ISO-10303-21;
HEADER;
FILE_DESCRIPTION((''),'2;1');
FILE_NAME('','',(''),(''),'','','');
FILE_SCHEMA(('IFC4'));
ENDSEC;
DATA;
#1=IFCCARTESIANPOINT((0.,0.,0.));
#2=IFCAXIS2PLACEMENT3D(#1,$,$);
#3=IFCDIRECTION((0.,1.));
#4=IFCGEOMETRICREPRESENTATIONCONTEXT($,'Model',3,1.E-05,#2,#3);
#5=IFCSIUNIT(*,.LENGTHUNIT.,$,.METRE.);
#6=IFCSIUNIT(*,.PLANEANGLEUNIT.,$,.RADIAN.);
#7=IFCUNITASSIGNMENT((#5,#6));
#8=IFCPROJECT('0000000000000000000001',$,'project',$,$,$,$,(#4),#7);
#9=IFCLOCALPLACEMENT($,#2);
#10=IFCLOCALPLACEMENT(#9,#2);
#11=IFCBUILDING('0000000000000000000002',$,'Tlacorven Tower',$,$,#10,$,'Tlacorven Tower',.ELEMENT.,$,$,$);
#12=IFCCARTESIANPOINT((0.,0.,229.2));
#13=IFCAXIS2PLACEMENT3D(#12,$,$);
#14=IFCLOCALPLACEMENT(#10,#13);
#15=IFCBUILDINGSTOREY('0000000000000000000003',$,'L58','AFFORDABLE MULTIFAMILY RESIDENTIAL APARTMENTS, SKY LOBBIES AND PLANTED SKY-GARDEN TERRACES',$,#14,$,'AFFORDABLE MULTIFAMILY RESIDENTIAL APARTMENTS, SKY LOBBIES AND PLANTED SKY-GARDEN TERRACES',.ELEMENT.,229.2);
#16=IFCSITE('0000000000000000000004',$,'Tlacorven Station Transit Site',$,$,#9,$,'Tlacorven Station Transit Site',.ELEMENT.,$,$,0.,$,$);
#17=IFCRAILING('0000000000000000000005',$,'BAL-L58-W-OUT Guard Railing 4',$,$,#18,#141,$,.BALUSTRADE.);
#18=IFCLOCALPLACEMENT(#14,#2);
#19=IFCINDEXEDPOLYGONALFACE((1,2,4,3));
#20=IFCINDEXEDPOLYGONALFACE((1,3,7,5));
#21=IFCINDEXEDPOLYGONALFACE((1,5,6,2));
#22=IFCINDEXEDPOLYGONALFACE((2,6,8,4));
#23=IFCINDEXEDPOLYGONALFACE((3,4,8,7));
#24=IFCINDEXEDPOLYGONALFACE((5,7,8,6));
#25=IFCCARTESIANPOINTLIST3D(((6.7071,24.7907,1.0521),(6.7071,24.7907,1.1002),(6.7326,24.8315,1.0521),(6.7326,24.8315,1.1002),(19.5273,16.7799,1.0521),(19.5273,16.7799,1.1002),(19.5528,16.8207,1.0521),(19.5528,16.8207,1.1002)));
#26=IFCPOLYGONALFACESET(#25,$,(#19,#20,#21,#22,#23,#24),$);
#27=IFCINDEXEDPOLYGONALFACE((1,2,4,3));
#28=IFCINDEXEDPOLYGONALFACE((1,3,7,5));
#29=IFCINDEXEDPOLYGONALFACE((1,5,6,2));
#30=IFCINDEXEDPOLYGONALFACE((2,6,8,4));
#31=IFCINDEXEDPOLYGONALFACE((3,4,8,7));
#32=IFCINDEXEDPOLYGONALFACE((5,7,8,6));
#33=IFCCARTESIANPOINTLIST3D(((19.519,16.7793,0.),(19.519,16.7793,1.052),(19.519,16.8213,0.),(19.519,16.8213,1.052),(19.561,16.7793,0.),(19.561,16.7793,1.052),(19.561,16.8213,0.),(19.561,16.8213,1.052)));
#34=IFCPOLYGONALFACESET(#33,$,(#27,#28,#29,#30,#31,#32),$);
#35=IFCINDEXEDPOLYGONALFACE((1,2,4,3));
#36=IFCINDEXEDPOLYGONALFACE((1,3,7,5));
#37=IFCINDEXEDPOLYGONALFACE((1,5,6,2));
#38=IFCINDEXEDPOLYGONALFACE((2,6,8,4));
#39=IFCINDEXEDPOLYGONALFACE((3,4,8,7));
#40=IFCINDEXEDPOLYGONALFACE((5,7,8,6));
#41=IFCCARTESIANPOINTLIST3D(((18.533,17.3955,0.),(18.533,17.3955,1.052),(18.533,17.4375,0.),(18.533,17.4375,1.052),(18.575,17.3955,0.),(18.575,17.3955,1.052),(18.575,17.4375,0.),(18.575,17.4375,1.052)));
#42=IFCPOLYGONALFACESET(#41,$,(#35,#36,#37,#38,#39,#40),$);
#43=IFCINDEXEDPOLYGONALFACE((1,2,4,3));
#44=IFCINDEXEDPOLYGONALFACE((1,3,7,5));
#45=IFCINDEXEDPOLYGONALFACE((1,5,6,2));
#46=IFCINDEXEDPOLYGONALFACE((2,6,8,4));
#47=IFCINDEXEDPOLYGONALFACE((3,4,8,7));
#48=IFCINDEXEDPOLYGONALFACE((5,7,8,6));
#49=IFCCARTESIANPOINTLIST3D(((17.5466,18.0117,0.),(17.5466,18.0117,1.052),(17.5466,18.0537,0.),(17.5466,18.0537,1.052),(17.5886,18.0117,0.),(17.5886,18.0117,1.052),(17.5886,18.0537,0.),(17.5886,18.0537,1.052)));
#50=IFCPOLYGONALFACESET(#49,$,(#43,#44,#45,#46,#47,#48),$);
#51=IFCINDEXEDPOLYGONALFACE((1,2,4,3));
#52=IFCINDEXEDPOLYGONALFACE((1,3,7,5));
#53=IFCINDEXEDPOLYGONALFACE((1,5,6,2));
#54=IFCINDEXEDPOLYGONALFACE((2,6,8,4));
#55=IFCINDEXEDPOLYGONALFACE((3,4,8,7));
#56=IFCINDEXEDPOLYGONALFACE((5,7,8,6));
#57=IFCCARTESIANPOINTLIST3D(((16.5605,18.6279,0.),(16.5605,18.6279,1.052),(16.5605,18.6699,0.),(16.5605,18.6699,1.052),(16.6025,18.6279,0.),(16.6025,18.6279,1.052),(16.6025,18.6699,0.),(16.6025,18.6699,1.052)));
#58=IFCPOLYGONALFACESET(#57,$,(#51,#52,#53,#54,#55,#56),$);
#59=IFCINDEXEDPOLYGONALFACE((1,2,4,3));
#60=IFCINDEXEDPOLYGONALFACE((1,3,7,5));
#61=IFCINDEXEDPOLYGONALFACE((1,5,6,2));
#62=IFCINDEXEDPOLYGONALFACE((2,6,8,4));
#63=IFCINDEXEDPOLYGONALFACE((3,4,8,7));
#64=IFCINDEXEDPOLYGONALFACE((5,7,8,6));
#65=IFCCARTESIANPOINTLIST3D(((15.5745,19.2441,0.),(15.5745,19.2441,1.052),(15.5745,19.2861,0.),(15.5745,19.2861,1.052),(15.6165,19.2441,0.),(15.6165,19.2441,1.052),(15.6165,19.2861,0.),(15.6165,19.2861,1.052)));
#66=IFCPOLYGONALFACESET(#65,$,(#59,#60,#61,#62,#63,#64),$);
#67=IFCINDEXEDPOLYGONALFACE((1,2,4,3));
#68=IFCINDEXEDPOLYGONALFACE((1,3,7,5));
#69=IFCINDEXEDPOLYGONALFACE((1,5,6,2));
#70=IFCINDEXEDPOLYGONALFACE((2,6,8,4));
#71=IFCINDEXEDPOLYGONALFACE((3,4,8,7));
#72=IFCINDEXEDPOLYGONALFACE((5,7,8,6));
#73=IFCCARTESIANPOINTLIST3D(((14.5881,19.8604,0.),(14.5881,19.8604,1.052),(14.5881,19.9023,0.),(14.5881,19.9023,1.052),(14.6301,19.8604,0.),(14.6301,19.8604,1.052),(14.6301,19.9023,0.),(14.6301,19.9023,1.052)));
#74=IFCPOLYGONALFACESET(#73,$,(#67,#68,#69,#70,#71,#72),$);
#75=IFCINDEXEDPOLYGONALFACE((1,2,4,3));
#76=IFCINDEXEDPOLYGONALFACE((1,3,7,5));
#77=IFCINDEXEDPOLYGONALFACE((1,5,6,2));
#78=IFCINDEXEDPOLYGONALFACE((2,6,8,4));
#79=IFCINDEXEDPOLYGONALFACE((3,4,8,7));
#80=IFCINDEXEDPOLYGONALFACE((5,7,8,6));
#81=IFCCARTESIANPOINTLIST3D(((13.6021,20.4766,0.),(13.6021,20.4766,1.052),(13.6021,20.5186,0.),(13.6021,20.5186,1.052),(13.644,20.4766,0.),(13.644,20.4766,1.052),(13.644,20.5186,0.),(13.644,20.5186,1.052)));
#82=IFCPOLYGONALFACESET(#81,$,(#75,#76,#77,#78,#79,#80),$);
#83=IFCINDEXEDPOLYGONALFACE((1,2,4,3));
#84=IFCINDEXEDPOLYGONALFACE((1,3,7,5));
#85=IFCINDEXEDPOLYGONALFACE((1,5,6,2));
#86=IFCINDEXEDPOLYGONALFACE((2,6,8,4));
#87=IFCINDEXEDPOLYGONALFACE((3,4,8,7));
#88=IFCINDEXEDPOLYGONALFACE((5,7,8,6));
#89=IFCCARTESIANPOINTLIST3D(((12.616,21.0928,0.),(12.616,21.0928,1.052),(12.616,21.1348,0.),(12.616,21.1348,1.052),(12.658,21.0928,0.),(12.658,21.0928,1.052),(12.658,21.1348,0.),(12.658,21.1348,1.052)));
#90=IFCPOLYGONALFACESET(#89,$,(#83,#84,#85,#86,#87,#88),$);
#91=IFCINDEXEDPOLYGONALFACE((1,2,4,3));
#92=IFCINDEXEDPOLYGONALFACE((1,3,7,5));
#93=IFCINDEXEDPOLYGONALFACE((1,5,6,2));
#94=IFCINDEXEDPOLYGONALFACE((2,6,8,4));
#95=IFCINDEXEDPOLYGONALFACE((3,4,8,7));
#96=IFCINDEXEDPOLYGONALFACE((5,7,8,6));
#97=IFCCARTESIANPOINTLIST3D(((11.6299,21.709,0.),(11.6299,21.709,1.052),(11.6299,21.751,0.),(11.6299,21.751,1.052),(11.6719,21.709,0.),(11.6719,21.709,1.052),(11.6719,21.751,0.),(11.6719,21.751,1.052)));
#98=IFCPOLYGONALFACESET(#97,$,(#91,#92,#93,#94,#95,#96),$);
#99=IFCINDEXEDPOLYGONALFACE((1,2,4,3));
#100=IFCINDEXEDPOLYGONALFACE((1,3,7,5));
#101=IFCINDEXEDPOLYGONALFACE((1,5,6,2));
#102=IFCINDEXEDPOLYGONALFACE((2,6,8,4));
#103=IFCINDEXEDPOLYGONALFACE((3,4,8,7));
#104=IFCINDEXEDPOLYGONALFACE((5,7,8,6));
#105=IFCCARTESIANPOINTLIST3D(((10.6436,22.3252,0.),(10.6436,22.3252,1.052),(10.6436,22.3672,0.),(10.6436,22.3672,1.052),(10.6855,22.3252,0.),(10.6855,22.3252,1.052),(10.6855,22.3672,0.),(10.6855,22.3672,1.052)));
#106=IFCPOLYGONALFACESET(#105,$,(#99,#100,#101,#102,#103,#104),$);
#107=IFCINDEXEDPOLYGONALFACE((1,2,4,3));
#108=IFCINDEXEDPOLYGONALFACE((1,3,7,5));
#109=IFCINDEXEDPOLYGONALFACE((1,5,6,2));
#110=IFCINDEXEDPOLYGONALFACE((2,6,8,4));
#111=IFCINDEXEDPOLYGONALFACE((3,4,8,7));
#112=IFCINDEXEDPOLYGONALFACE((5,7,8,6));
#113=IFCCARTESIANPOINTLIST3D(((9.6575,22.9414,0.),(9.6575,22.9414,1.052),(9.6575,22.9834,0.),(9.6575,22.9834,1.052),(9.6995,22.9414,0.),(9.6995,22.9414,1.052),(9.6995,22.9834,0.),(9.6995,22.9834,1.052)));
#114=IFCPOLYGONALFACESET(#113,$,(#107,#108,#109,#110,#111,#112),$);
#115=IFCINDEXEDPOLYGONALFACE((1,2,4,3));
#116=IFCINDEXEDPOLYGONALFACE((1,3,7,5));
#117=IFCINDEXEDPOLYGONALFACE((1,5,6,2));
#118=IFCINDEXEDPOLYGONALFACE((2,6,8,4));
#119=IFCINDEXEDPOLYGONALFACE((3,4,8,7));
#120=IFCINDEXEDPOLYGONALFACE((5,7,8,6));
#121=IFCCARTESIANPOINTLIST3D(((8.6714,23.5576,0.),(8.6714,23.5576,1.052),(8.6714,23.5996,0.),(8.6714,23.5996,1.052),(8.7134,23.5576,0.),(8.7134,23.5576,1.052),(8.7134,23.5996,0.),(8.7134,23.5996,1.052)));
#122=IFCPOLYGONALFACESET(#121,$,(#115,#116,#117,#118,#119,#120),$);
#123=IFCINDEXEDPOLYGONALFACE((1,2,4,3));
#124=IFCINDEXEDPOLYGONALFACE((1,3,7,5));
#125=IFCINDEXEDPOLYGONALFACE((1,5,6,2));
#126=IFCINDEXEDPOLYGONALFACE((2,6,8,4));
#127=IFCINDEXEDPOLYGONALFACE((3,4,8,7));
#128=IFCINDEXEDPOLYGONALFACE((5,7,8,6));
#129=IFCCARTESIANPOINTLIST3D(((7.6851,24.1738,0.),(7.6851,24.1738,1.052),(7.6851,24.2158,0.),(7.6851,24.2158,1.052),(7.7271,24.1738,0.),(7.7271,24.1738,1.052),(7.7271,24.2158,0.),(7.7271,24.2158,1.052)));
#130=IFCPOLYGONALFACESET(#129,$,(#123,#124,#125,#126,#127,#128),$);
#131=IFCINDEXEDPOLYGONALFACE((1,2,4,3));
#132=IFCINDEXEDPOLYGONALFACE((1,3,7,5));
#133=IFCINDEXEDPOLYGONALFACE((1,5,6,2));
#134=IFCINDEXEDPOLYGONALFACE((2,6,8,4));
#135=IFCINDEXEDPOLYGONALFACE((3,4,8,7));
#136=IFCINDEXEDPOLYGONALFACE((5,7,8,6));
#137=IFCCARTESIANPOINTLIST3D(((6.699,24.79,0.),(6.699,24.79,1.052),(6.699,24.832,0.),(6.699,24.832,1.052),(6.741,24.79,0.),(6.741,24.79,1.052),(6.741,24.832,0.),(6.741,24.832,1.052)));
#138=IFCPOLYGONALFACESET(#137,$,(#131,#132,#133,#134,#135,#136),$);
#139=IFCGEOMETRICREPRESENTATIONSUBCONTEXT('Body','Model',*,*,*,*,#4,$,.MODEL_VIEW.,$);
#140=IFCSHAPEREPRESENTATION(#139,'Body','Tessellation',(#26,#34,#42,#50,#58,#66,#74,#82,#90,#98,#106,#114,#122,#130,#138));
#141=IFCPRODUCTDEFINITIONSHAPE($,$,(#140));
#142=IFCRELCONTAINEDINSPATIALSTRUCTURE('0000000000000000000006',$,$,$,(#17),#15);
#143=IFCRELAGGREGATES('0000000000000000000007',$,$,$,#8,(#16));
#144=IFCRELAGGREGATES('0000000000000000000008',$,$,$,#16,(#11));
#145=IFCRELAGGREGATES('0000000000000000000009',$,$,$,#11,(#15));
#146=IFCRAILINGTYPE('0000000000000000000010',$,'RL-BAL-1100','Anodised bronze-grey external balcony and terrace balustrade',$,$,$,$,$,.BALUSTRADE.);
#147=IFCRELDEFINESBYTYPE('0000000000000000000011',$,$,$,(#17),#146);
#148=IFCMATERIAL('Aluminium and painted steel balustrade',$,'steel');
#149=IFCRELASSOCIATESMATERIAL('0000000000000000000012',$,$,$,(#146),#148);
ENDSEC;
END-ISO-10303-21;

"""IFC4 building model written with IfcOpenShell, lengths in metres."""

from ifc_helpers import new_model, si_unit, direction, frame, origin, origin_2d, place, context, subcontext, project, spatial, rectangle, extrude, source, transform, mapped, material, type_object, element, save


model = new_model("IFC4")

# Units and contexts
model_context = context("Model", 3, precision=1e-05, world=origin(), true_north=direction((0.0, 1.0)))
body_context = subcontext(model_context, "Body", "Model", "MODEL_VIEW")
ifc_project = project(units=[si_unit("LENGTHUNIT", "METRE"), si_unit("PLANEANGLEUNIT", "RADIAN")], contexts=[model_context])

# Site, building, storey
site_placement = place(None, origin())
site = spatial("IfcSite", under=ifc_project, at=site_placement, Name="Tlacorven Station Transit Site", LongName="Tlacorven Station Transit Site", CompositionType="ELEMENT", RefElevation=0.0)
building_placement = place(site_placement, origin())
building = spatial("IfcBuilding", under=site, at=building_placement, Name="Tlacorven Tower", LongName="Tlacorven Tower", CompositionType="ELEMENT")
storey_placement = place(building_placement, frame((0.0, 0.0, 229.2)))
storey = spatial("IfcBuildingStorey", under=building, at=storey_placement, Name="L58", Description="AFFORDABLE MULTIFAMILY RESIDENTIAL APARTMENTS, SKY LOBBIES AND PLANTED SKY-GARDEN TERRACES", LongName="AFFORDABLE MULTIFAMILY RESIDENTIAL APARTMENTS, SKY LOBBIES AND PLANTED SKY-GARDEN TERRACES", CompositionType="ELEMENT", Elevation=229.2)

# Shared definitions
ifc_material_1 = material(Name="Aluminium and painted steel balustrade", Category="steel")
railing_type = type_object("IfcRailingType", Name="RL-BAL-1100", Description="Anodised bronze-grey external balcony and terrace balustrade", PredefinedType="BALUSTRADE", material=ifc_material_1)

# Railing
shared_shape_1 = source(origin(), body_context, "Body", "SweptSolid", [
    extrude(rectangle(XDim=0.0481, YDim=0.0481, at=origin_2d()), frame((0.0, 0.0, 1.0762), z_axis=(-0.848052, 0.529913, 0.0), x_axis=(-0.529913, -0.848052, 0.0)), (0.0, 0.0, 1.0), 15.1172),
    extrude(rectangle(XDim=0.042, YDim=0.042, at=origin_2d()), origin(), (0.0, 0.0, 1.0), 1.052),
    extrude(rectangle(XDim=0.042, YDim=0.042, at=origin_2d()), frame((-0.9861, 0.6162, 0.0)), (0.0, 0.0, 1.0), 1.052),
    extrude(rectangle(XDim=0.042, YDim=0.042, at=origin_2d()), frame((-1.9724, 1.2324, 0.0)), (0.0, 0.0, 1.0), 1.052),
    extrude(rectangle(XDim=0.042, YDim=0.042, at=origin_2d()), frame((-2.9585, 1.8486, 0.0)), (0.0, 0.0, 1.0), 1.052),
    extrude(rectangle(XDim=0.042, YDim=0.042, at=origin_2d()), frame((-3.9446, 2.4648, 0.0)), (0.0, 0.0, 1.0), 1.052),
    extrude(rectangle(XDim=0.042, YDim=0.042, at=origin_2d()), frame((-4.9309, 3.0811, 0.0)), (0.0, 0.0, 1.0), 1.052),
    extrude(rectangle(XDim=0.042, YDim=0.042, at=origin_2d()), frame((-5.917, 3.6973, 0.0)), (0.0, 0.0, 1.0), 1.052),
    extrude(rectangle(XDim=0.042, YDim=0.042, at=origin_2d()), frame((-6.9031, 4.3135, 0.0)), (0.0, 0.0, 1.0), 1.052),
    extrude(rectangle(XDim=0.042, YDim=0.042, at=origin_2d()), frame((-7.8892, 4.9297, 0.0)), (0.0, 0.0, 1.0), 1.052),
    extrude(rectangle(XDim=0.042, YDim=0.042, at=origin_2d()), frame((-8.8755, 5.5459, 0.0)), (0.0, 0.0, 1.0), 1.052),
    extrude(rectangle(XDim=0.042, YDim=0.042, at=origin_2d()), frame((-9.8616, 6.1621, 0.0)), (0.0, 0.0, 1.0), 1.052),
    extrude(rectangle(XDim=0.042, YDim=0.042, at=origin_2d()), frame((-10.8477, 6.7783, 0.0)), (0.0, 0.0, 1.0), 1.052),
    extrude(rectangle(XDim=0.042, YDim=0.042, at=origin_2d()), frame((-11.834, 7.3945, 0.0)), (0.0, 0.0, 1.0), 1.052),
    extrude(rectangle(XDim=0.042, YDim=0.042, at=origin_2d()), frame((-12.8201, 8.0107, 0.0)), (0.0, 0.0, 1.0), 1.052),
])
railing_1_placement = place(storey_placement, frame((19.54, 16.8003, 0.0)))
element("IfcRailing", 1, at=railing_1_placement, inside=storey, type_object=railing_type, Name="BAL-L58-W-OUT Guard Railing 4", PredefinedType="BALUSTRADE", context=body_context, shape_type="MappedRepresentation", body=[
    mapped(shared_shape_1, transform((0.0, 0.0, 0.0), scale=1.0)),
])

save(model, "model.ifc")
